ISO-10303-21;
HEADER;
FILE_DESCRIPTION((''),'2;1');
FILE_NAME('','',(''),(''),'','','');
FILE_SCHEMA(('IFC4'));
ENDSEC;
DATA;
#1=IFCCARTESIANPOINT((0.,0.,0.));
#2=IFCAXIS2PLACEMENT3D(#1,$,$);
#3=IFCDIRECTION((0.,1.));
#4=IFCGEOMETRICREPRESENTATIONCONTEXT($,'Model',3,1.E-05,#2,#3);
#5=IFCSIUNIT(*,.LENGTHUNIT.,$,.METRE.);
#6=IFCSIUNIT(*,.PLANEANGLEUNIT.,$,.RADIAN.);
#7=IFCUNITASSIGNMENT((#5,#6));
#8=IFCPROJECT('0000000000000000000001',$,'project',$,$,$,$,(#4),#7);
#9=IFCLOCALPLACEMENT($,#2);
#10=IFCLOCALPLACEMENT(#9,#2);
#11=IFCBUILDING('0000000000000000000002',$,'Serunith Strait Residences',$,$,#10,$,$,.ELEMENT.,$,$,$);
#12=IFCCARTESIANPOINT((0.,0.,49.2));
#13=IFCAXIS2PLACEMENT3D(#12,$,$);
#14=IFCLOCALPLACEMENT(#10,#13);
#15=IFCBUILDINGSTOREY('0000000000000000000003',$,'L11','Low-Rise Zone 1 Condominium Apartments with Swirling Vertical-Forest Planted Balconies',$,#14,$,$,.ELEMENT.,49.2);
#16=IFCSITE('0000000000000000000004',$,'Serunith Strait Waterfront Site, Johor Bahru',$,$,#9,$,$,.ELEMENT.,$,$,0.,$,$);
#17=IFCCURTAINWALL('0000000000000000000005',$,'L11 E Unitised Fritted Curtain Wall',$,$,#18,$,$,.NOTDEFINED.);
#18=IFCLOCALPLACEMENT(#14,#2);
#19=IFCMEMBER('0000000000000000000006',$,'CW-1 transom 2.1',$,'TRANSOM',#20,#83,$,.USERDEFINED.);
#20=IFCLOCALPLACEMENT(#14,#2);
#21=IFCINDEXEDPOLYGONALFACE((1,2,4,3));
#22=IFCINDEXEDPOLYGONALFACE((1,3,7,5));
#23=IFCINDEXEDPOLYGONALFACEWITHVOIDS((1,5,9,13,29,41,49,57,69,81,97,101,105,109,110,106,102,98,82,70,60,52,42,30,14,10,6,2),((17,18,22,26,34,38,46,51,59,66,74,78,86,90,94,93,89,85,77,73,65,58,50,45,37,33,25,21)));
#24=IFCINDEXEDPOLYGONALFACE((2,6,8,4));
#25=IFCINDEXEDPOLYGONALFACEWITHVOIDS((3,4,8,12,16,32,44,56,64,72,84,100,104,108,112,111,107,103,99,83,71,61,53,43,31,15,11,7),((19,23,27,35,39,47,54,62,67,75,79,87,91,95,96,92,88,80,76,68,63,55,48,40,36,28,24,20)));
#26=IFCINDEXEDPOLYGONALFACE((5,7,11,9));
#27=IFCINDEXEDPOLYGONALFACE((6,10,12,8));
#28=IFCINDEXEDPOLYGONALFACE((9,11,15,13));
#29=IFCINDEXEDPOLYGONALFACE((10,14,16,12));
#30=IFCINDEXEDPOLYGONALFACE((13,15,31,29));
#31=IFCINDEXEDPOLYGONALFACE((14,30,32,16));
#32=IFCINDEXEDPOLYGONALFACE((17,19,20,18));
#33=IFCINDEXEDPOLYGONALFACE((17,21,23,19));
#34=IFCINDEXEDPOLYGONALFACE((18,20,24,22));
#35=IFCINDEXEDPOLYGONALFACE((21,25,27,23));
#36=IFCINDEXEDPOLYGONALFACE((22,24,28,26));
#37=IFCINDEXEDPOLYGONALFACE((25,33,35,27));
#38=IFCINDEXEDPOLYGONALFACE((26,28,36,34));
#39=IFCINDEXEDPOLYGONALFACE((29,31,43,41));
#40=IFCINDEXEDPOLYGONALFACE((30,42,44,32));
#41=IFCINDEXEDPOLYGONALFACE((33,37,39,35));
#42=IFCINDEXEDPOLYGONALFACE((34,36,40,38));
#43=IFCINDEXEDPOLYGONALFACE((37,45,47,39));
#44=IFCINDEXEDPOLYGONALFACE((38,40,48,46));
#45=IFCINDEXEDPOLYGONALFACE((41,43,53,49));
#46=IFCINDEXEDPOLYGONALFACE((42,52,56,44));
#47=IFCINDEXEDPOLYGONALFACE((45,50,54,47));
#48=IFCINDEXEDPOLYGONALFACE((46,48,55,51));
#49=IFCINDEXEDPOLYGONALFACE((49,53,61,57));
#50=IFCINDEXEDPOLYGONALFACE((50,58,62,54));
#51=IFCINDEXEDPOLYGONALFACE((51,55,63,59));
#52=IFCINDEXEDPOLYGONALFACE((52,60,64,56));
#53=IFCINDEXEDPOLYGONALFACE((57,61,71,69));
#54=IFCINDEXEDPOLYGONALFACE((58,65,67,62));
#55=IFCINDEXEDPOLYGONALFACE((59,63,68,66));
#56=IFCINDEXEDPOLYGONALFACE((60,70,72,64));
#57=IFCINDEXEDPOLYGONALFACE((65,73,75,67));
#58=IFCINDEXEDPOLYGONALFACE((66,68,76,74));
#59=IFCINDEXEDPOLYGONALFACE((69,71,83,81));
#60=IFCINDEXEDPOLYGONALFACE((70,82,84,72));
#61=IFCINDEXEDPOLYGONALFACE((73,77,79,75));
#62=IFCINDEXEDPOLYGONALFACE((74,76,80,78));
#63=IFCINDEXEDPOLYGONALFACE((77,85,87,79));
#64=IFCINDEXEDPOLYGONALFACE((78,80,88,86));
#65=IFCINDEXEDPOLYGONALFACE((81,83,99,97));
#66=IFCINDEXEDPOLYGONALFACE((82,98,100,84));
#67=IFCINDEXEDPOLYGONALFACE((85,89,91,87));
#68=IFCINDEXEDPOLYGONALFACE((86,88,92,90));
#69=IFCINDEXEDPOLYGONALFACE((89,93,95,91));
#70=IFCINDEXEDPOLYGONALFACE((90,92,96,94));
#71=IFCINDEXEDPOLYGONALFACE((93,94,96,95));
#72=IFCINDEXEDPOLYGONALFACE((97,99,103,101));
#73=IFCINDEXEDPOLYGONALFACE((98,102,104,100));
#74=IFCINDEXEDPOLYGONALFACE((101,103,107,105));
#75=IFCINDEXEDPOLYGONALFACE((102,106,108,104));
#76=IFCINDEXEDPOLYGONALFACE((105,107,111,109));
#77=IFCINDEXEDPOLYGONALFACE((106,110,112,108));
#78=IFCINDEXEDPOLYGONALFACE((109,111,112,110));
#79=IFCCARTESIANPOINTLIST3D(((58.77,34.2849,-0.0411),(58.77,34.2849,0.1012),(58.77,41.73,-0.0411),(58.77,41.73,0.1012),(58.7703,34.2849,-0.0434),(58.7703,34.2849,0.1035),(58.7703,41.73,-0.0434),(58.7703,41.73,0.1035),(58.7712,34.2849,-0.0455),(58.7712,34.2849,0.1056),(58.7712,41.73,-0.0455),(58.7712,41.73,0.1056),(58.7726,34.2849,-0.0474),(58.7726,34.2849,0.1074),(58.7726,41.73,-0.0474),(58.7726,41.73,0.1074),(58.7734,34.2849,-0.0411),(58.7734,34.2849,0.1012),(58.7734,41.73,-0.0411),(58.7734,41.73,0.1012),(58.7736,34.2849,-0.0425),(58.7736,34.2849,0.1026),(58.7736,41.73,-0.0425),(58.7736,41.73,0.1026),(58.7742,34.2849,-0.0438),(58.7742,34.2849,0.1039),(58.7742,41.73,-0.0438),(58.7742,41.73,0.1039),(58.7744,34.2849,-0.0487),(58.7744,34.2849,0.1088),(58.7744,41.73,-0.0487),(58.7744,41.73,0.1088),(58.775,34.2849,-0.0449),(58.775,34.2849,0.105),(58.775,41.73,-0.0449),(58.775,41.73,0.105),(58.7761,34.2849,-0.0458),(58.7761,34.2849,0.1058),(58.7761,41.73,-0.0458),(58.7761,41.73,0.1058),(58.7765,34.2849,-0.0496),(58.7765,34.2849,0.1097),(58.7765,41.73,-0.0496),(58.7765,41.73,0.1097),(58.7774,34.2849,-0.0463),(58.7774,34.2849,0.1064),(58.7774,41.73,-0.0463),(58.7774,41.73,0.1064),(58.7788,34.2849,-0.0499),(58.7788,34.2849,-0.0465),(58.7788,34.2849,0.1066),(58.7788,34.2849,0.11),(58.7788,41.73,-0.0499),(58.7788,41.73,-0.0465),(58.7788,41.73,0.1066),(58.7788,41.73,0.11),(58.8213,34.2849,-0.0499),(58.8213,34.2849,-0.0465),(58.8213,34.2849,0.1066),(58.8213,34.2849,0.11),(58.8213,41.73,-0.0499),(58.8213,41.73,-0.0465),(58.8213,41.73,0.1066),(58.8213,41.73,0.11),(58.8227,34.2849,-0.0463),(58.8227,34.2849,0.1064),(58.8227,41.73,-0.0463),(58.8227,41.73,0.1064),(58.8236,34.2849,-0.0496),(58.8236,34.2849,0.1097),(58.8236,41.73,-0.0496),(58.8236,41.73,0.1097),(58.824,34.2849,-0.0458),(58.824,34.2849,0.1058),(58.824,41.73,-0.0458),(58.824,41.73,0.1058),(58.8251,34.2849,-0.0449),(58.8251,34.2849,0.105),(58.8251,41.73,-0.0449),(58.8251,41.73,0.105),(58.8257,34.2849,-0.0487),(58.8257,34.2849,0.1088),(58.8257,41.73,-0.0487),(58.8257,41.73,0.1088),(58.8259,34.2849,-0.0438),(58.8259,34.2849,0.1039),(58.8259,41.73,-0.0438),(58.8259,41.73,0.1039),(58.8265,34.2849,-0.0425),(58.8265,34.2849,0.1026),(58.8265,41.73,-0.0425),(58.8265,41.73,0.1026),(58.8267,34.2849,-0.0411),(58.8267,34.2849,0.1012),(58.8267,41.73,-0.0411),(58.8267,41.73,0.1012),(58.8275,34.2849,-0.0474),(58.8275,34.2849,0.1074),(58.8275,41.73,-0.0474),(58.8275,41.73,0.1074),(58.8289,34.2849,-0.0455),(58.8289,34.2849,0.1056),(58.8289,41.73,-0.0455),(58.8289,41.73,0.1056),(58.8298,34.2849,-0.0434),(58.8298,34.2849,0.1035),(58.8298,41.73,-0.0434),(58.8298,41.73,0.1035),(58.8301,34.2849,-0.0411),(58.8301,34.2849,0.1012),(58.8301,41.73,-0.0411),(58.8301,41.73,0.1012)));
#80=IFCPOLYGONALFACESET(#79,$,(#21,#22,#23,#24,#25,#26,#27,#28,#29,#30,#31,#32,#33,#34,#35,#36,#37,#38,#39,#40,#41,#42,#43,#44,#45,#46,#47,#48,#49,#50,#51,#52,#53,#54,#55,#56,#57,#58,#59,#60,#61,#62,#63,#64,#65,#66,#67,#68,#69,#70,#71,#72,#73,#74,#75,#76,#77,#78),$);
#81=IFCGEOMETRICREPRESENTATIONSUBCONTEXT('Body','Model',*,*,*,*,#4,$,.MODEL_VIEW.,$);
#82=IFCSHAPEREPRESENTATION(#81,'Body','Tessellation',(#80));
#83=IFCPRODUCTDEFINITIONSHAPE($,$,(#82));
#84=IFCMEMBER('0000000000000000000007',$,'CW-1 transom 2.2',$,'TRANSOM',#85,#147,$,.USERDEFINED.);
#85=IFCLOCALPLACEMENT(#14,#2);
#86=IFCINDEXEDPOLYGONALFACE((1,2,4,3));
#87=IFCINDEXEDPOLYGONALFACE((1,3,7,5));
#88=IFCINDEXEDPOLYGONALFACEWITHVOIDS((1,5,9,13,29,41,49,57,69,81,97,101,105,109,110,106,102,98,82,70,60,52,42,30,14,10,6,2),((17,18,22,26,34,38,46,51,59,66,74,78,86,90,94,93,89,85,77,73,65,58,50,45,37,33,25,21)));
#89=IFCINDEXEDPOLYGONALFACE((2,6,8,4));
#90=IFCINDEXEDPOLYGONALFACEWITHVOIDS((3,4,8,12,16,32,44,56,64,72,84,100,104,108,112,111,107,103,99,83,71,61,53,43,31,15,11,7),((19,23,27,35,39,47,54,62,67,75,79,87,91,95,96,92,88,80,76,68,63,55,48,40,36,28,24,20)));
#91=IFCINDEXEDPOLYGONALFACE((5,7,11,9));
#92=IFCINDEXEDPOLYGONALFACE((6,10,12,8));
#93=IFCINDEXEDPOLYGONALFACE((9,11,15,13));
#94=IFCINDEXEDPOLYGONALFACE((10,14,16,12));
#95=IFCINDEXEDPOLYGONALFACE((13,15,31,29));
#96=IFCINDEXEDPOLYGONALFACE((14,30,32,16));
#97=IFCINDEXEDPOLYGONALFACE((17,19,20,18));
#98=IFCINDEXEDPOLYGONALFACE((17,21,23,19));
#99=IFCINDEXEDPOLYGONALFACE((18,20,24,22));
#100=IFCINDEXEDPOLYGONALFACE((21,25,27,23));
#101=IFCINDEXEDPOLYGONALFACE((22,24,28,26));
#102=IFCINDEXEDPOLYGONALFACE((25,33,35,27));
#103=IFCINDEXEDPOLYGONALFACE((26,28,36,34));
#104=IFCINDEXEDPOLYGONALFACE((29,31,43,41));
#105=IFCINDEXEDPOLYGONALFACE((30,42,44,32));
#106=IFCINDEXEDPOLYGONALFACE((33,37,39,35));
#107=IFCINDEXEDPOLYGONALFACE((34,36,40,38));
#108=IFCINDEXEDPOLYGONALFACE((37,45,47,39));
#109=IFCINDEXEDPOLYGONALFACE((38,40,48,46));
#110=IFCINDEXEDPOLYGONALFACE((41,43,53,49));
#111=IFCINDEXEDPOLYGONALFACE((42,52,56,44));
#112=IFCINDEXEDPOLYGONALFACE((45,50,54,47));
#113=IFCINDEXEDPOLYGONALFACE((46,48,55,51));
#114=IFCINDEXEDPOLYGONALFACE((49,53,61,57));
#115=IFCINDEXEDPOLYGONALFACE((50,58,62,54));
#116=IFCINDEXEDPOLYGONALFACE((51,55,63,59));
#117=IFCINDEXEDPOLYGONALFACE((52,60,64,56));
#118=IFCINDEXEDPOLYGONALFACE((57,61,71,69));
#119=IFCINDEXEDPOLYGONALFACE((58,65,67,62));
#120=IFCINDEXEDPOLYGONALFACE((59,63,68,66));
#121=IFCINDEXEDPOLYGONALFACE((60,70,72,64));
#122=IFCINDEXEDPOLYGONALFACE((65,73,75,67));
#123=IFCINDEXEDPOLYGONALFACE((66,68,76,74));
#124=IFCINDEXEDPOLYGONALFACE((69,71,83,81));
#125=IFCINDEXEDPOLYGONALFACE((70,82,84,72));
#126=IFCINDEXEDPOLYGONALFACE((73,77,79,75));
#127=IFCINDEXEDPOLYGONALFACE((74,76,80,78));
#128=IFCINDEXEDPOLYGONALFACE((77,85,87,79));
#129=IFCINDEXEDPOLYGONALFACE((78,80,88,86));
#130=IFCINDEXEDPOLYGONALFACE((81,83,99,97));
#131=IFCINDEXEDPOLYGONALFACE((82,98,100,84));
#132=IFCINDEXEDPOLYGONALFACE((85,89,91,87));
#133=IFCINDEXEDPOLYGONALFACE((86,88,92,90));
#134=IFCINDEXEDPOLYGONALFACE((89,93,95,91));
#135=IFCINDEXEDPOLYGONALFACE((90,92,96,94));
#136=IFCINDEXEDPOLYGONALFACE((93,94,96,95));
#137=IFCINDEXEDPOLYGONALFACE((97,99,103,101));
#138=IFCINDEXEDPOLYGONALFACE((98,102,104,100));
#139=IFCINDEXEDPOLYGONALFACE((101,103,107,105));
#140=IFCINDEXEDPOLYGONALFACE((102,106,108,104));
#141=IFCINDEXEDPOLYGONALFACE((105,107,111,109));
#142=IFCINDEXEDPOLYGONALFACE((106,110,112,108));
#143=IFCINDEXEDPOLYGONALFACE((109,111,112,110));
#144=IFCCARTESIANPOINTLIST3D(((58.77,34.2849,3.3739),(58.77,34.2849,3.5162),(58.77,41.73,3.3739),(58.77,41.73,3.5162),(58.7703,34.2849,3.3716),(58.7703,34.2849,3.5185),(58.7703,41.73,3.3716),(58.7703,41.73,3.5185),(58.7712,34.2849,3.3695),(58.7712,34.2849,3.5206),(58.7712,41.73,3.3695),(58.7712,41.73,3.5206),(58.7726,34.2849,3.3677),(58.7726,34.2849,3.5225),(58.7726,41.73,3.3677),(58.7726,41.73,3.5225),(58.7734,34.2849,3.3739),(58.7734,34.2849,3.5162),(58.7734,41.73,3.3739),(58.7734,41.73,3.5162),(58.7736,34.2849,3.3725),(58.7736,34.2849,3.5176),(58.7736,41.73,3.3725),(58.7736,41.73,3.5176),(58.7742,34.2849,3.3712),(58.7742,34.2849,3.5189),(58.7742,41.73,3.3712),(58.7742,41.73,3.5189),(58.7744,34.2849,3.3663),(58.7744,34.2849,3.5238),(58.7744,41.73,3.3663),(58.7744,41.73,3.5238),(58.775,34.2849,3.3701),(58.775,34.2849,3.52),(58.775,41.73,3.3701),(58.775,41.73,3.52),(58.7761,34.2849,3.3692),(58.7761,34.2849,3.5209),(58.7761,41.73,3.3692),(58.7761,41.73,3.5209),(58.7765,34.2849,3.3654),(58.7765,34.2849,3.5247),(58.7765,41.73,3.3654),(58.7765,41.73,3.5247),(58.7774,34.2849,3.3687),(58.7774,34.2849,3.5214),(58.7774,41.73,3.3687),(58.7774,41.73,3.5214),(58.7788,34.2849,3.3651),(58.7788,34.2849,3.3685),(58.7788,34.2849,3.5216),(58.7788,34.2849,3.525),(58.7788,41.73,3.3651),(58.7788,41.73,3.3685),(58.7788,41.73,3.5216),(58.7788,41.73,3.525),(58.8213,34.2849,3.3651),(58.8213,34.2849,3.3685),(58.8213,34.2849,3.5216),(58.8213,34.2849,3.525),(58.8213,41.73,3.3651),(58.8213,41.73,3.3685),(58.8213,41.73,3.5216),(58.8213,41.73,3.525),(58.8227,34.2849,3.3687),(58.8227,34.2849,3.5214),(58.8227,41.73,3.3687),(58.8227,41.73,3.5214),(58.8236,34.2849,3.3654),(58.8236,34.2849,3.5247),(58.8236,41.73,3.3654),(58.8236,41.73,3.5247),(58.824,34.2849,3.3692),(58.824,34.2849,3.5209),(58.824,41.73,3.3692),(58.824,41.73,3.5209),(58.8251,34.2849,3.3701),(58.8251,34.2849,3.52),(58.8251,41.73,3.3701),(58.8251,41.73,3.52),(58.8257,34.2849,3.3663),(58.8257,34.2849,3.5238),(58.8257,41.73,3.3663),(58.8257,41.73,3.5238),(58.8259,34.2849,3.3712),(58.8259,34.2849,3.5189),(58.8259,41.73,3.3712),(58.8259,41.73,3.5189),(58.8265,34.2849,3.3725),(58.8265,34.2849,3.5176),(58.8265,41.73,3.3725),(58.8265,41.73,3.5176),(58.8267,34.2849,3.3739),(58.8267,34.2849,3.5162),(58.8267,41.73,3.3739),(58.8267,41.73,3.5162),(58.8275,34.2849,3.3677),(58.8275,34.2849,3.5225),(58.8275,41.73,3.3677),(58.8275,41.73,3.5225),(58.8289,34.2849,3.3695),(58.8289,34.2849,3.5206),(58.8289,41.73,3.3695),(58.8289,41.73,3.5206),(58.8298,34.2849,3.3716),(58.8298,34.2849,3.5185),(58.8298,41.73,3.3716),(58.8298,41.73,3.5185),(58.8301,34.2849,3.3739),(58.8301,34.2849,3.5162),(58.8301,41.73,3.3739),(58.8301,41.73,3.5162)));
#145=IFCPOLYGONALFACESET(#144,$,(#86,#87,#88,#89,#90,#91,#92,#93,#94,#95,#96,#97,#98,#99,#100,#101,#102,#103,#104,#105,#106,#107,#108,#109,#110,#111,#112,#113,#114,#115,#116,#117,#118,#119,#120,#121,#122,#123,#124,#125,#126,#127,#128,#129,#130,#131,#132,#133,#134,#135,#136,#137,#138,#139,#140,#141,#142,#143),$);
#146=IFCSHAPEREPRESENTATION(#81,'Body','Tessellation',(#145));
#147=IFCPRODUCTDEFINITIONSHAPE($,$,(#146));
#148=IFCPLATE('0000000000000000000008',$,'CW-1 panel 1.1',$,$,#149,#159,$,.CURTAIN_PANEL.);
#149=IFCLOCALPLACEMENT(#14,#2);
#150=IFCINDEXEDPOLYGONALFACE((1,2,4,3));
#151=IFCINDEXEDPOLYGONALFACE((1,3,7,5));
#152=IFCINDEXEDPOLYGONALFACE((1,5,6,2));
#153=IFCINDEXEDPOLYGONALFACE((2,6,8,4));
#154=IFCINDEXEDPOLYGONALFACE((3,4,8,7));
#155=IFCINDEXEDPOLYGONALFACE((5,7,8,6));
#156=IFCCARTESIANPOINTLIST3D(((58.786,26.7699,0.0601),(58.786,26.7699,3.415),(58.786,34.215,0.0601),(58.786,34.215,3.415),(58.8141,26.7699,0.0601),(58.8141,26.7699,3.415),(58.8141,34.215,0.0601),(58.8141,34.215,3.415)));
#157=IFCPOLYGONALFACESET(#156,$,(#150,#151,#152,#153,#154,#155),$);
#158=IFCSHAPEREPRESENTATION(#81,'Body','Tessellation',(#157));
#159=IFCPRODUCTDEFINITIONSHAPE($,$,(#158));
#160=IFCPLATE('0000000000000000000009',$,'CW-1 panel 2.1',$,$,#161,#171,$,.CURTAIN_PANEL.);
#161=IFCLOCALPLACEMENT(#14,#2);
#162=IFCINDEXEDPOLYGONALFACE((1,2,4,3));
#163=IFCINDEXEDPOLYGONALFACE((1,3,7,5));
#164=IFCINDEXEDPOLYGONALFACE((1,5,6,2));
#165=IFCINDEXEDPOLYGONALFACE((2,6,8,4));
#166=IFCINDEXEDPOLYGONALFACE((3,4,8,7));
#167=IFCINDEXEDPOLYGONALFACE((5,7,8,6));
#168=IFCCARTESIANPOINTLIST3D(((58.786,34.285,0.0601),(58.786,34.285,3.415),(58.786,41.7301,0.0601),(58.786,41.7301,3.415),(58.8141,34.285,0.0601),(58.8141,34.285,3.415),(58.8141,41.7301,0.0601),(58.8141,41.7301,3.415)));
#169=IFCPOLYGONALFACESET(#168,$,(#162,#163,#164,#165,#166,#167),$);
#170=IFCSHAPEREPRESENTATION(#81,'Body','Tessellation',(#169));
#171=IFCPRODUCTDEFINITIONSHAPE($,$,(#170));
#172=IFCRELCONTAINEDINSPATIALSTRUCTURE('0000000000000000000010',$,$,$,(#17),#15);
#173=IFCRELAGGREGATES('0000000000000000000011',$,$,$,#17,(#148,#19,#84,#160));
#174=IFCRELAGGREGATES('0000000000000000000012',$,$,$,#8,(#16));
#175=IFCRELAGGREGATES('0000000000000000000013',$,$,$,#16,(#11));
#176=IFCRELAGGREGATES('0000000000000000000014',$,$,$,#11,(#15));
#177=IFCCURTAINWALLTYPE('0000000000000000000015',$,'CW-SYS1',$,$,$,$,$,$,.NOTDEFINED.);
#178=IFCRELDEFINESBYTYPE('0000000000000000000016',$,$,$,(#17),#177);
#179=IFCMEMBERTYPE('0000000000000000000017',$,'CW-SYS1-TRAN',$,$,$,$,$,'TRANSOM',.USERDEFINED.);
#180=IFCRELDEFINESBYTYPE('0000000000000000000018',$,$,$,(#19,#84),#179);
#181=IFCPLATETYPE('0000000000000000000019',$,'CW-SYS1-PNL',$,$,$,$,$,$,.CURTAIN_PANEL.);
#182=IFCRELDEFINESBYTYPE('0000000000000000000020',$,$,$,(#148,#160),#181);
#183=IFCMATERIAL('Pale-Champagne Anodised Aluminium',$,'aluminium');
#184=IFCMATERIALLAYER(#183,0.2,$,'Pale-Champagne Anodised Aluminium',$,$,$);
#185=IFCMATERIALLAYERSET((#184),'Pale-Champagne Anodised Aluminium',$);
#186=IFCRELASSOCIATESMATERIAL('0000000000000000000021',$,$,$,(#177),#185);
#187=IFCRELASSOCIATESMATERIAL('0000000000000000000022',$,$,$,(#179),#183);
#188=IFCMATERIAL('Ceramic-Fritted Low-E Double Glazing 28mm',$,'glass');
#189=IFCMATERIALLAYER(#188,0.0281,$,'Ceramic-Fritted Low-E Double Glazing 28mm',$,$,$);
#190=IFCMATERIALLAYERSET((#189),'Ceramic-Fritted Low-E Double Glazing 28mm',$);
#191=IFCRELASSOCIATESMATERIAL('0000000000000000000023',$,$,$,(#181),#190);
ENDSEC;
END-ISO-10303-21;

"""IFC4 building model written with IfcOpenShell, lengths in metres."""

from ifc_helpers import new_model, si_unit, direction, frame, origin, origin_2d, place, context, subcontext, project, spatial, rectangle, hollow_rectangle, extrude, source, transform, mapped, material, layer, layer_set, material_profile, profile_set, type_object, element, aggregate, save


model = new_model("IFC4")

# Units and contexts
model_context = context("Model", 3, precision=1e-05, world=origin(), true_north=direction((0.0, 1.0)))
body_context = subcontext(model_context, "Body", "Model", "MODEL_VIEW")
ifc_project = project(units=[si_unit("LENGTHUNIT", "METRE"), si_unit("PLANEANGLEUNIT", "RADIAN")], contexts=[model_context])

# Site, building, storey
site_placement = place(None, origin())
site = spatial("IfcSite", under=ifc_project, at=site_placement, Name="Serunith Strait Waterfront Site, Johor Bahru", CompositionType="ELEMENT", RefElevation=0.0)
building_placement = place(site_placement, origin())
building = spatial("IfcBuilding", under=site, at=building_placement, Name="Serunith Strait Residences", CompositionType="ELEMENT")
storey_placement = place(building_placement, frame((0.0, 0.0, 49.2)))
storey = spatial("IfcBuildingStorey", under=building, at=storey_placement, Name="L11", Description="Low-Rise Zone 1 Condominium Apartments with Swirling Vertical-Forest Planted Balconies", CompositionType="ELEMENT", Elevation=49.2)

# Curtain wall, members, plates
ifc_material_1 = material(Name="Pale-Champagne Anodised Aluminium", Category="aluminium")
ifc_layer_1 = layer(ifc_material_1, 0.2, Name="Pale-Champagne Anodised Aluminium")
ifc_layer_set_1 = layer_set([ifc_layer_1], Name="Pale-Champagne Anodised Aluminium")
curtain_wall_type = type_object("IfcCurtainWallType", Name="CW-SYS1", PredefinedType="NOTDEFINED", material=ifc_layer_set_1)
curtain_wall_placement = place(storey_placement, origin())
curtain_wall = element("IfcCurtainWall", 1, at=curtain_wall_placement, inside=storey, type_object=curtain_wall_type, Name="L11 E Unitised Fritted Curtain Wall", PredefinedType="NOTDEFINED")
ifc_material_profile_1 = material_profile(ifc_material_1, hollow_rectangle(XDim=0.0601, YDim=0.1599, WallThickness=0.0034, InnerFilletRadius=0.0054, OuterFilletRadius=0.0088, at=origin_2d()), Name="ALU 160x60x3.5")
ifc_profile_set_1 = profile_set([ifc_material_profile_1], Name="Pale-Champagne Anodised Aluminium")
member_type_1 = type_object("IfcMemberType", Name="CW-SYS1-TRAN", ElementType="TRANSOM", PredefinedType="USERDEFINED", material=ifc_profile_set_1)
shared_shape_1 = source(origin(), body_context, "Body", "SweptSolid", [
    extrude(hollow_rectangle(XDim=0.0601, YDim=0.1599, WallThickness=0.0034, InnerFilletRadius=0.0054, OuterFilletRadius=0.0088, at=origin_2d()), origin(), (0.0, 0.0, 1.0), 7.4451),
])
member_1_placement = place(storey_placement, frame((58.8, 34.2849, 0.03), z_axis=(0.0, 1.0, 0.0), x_axis=(-1.0, 0.0, 0.0)))
member_1 = element("IfcMember", 2, at=member_1_placement, type_object=member_type_1, Name="CW-1 transom 2.1", ObjectType="TRANSOM", PredefinedType="USERDEFINED", context=body_context, shape_type="MappedRepresentation", body=[
    mapped(shared_shape_1, transform((0.0, 0.0, 0.0), scale=1.0)),
])
member_2_placement = place(storey_placement, frame((58.8, 34.2849, 3.4451), z_axis=(0.0, 1.0, 0.0), x_axis=(-1.0, 0.0, 0.0)))
member_2 = element("IfcMember", 3, at=member_2_placement, type_object=member_type_1, Name="CW-1 transom 2.2", ObjectType="TRANSOM", PredefinedType="USERDEFINED", context=body_context, shape_type="MappedRepresentation", body=[
    mapped(shared_shape_1, transform((0.0, 0.0, 0.0), scale=1.0)),
])
ifc_material_2 = material(Name="Ceramic-Fritted Low-E Double Glazing 28mm", Category="glass")
ifc_layer_2 = layer(ifc_material_2, 0.0281, Name="Ceramic-Fritted Low-E Double Glazing 28mm")
ifc_layer_set_2 = layer_set([ifc_layer_2], Name="Ceramic-Fritted Low-E Double Glazing 28mm")
plate_type = type_object("IfcPlateType", Name="CW-SYS1-PNL", PredefinedType="CURTAIN_PANEL", material=ifc_layer_set_2)
shared_shape_2 = source(origin(), body_context, "Body", "SweptSolid", [
    extrude(rectangle(XDim=7.4451, YDim=0.0281, at=origin_2d()), origin(), (0.0, 0.0, 1.0), 3.355),
])
plate_1_placement = place(storey_placement, frame((58.8, 30.4924, 0.0601), z_axis=(0.0, 0.0, 1.0), x_axis=(0.0, 1.0, 0.0)))
plate_1 = element("IfcPlate", 4, at=plate_1_placement, type_object=plate_type, Name="CW-1 panel 1.1", PredefinedType="CURTAIN_PANEL", context=body_context, shape_type="MappedRepresentation", body=[
    mapped(shared_shape_2, transform((0.0, 0.0, 0.0), scale=1.0)),
])
plate_2_placement = place(storey_placement, frame((58.8, 38.0076, 0.0601), z_axis=(0.0, 0.0, 1.0), x_axis=(0.0, 1.0, 0.0)))
plate_2 = element("IfcPlate", 5, at=plate_2_placement, type_object=plate_type, Name="CW-1 panel 2.1", PredefinedType="CURTAIN_PANEL", context=body_context, shape_type="MappedRepresentation", body=[
    mapped(shared_shape_2, transform((0.0, 0.0, 0.0), scale=1.0)),
])
aggregate(curtain_wall, [plate_1, member_1, member_2, plate_2])

save(model, "model.ifc")
